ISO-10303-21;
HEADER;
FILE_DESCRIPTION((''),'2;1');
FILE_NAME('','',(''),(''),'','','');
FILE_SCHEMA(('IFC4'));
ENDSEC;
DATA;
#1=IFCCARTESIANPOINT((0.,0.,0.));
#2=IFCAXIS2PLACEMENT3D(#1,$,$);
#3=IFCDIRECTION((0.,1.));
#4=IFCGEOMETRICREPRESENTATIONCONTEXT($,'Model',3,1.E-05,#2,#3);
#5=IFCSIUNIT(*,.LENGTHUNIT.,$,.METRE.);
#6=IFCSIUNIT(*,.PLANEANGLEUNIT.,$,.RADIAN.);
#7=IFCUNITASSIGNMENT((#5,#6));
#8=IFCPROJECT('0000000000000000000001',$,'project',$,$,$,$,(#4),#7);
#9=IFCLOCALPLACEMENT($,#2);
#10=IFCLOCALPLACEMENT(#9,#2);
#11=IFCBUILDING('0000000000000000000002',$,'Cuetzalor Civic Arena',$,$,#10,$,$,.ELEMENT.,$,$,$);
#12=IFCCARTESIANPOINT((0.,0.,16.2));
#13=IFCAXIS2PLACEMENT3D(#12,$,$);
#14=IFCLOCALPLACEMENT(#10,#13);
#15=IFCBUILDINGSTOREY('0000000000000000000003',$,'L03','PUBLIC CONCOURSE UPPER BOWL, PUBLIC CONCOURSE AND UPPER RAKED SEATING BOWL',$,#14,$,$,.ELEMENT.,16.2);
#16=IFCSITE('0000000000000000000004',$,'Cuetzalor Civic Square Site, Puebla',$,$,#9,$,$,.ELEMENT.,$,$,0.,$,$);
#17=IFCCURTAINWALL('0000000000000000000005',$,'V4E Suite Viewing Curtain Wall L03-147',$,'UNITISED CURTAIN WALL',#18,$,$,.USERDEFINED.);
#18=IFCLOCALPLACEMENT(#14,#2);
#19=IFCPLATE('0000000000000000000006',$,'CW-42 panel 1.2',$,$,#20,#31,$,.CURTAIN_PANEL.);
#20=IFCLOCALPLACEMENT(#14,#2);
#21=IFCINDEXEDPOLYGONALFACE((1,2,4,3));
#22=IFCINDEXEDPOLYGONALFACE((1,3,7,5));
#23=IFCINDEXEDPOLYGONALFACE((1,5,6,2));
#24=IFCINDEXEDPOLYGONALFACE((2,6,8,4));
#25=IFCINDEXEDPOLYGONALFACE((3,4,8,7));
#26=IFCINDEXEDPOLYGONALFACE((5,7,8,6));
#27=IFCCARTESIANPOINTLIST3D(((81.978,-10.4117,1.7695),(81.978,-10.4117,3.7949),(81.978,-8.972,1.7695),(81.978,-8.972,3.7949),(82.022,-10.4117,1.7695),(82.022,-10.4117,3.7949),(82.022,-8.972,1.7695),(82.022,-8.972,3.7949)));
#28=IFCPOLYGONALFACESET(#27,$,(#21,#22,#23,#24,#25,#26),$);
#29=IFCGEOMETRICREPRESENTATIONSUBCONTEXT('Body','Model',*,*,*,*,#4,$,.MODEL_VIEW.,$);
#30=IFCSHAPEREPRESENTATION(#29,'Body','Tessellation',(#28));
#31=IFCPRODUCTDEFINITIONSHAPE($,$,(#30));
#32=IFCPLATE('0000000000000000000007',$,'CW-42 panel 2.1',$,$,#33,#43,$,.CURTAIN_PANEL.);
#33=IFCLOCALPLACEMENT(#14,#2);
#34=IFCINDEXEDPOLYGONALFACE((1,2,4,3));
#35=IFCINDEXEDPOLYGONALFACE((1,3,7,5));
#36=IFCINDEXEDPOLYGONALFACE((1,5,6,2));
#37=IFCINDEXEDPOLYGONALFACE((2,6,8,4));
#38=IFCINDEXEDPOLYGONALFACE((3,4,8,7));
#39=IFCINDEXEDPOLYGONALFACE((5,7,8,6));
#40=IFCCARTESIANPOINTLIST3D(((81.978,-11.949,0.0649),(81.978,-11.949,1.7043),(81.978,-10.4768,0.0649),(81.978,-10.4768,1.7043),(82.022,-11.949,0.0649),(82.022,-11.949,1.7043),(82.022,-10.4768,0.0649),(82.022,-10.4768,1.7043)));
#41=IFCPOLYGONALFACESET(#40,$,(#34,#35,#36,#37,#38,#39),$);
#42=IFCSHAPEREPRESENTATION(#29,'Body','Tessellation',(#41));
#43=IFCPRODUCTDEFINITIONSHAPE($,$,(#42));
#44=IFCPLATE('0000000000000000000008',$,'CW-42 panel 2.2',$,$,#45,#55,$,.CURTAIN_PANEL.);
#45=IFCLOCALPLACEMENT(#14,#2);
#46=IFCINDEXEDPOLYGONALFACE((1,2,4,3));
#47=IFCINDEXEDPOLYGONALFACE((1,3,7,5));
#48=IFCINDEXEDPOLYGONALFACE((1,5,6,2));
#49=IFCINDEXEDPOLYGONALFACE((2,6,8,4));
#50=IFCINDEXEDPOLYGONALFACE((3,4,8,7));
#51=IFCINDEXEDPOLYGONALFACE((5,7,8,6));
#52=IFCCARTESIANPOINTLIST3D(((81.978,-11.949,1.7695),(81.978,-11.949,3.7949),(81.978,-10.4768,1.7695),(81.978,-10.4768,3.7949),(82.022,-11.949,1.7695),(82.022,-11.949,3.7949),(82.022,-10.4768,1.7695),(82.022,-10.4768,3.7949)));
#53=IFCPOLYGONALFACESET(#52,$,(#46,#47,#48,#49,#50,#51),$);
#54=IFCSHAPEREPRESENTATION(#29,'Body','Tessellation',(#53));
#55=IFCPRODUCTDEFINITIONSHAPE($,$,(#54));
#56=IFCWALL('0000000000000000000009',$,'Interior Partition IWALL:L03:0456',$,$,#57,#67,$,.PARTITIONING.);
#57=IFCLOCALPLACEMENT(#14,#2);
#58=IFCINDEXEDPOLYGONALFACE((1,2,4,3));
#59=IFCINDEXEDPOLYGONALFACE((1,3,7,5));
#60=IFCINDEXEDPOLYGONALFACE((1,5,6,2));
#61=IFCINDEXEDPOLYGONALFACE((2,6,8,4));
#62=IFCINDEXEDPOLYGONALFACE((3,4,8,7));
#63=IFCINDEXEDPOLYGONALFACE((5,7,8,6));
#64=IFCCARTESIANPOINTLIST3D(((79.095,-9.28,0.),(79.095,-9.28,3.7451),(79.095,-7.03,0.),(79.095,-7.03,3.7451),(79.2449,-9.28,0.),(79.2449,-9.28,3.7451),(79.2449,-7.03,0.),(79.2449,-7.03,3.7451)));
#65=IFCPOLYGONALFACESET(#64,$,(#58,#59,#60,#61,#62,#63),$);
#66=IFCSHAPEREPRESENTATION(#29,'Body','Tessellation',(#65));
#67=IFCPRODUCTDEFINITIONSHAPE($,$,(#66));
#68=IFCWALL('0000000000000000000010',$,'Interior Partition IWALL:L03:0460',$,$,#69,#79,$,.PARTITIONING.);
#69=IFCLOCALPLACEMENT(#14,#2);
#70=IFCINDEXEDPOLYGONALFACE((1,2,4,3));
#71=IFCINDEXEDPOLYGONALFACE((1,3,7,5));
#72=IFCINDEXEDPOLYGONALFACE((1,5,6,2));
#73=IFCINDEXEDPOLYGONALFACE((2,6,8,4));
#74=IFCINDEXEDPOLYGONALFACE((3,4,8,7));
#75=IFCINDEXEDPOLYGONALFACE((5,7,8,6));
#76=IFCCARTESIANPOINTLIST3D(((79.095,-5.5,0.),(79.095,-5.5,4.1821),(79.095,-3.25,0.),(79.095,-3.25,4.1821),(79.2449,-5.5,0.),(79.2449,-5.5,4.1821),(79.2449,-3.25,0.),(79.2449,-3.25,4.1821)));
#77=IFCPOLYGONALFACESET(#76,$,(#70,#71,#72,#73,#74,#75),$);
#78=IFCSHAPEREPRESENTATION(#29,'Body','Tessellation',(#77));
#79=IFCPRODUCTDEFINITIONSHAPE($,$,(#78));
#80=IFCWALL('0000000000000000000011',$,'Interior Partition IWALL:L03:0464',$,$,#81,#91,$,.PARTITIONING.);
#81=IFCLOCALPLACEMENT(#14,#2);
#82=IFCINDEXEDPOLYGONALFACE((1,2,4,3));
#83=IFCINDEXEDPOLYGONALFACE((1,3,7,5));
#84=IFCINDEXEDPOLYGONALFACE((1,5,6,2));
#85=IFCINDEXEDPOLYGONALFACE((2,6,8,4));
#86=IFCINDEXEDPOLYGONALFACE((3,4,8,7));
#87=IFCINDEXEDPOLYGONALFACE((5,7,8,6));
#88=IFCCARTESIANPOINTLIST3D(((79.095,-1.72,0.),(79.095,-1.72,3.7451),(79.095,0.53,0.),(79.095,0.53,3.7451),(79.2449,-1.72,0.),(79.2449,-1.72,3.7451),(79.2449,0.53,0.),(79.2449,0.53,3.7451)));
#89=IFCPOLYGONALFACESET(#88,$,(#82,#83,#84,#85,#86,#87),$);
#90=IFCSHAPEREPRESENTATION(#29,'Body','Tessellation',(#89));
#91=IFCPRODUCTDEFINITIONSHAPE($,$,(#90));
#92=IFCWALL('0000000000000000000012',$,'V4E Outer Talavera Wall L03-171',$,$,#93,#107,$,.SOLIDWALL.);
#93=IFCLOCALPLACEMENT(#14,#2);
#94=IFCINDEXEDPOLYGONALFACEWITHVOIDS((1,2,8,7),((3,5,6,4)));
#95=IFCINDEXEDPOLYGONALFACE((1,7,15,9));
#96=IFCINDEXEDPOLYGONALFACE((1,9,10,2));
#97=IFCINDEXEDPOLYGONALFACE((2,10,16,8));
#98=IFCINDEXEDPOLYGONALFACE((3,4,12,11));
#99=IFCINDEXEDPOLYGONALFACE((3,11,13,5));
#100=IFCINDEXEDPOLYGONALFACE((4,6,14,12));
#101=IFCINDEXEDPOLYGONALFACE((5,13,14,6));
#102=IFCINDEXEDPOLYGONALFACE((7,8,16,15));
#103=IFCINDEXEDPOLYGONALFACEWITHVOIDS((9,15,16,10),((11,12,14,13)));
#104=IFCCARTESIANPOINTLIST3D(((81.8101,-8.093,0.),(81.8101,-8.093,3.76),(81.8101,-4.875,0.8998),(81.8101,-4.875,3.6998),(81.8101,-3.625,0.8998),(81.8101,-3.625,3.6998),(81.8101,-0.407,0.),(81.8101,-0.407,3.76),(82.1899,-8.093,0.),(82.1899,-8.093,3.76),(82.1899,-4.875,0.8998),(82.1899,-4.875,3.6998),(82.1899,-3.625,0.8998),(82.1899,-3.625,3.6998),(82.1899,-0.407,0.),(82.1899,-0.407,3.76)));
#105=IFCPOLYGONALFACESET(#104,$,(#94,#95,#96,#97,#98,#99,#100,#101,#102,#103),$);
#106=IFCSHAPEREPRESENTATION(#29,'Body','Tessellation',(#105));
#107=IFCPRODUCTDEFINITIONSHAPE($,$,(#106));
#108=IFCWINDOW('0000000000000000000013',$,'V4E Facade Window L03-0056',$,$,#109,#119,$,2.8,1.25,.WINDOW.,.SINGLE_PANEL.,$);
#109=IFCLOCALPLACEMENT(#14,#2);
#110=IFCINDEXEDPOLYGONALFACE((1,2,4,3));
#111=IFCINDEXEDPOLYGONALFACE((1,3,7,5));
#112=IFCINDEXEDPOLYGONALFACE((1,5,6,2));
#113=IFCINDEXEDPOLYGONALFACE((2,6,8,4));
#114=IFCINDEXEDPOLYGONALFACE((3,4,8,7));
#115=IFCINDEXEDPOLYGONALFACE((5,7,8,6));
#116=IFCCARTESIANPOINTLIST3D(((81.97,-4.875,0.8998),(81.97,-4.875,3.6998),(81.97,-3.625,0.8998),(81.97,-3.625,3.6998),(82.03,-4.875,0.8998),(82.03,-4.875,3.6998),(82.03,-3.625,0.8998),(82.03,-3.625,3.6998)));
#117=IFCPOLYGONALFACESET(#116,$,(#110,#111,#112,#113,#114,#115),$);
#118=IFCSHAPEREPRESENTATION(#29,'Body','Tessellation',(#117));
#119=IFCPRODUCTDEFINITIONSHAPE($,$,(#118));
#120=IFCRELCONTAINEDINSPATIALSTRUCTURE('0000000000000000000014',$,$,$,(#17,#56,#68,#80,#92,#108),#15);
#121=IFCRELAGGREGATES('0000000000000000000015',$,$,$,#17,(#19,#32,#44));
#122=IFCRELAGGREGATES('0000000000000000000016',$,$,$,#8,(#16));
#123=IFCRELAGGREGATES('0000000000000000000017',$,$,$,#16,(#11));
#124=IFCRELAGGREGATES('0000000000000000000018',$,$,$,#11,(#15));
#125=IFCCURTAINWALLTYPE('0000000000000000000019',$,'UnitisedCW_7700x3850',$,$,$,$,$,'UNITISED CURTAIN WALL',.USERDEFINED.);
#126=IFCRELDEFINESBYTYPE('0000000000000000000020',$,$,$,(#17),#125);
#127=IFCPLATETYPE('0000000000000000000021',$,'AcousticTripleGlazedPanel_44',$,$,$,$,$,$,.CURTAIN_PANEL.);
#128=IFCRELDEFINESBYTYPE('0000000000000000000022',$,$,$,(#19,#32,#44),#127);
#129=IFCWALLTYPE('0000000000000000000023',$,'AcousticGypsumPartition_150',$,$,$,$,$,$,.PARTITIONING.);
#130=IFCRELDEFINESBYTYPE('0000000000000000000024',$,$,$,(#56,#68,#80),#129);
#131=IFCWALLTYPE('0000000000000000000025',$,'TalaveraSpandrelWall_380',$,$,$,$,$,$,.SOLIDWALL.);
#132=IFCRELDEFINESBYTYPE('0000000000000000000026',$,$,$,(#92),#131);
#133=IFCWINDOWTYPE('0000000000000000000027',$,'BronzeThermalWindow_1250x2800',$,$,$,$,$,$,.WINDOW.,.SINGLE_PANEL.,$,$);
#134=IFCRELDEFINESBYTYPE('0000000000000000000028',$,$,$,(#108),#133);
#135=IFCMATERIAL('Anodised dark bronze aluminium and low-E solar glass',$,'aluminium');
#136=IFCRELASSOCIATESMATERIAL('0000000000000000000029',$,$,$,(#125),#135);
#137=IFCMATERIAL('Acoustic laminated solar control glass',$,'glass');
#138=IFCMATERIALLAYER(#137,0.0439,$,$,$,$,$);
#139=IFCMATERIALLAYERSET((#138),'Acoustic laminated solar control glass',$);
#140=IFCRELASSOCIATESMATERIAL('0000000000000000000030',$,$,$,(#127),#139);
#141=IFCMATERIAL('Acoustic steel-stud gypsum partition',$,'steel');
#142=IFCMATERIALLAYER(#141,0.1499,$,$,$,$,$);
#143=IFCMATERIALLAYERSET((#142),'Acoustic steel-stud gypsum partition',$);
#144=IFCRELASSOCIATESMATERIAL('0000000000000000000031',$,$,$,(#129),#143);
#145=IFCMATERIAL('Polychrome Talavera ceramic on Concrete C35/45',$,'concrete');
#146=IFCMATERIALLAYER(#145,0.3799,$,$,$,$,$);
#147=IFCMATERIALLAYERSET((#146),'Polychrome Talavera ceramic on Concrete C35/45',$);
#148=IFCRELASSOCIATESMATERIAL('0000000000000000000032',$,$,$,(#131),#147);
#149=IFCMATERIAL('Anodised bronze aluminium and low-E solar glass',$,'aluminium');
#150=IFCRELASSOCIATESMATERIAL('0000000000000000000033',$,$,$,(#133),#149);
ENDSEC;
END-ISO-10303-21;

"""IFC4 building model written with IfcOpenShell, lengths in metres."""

from ifc_helpers import new_model, si_unit, direction, frame, frame_2d, origin, origin_2d, place, context, subcontext, project, spatial, rectangle, extrude, material, layer, layer_set, type_object, element, fill, aggregate, save


model = new_model("IFC4")

# Units and contexts
model_context = context("Model", 3, precision=1e-05, world=origin(), true_north=direction((0.0, 1.0)))
body_context = subcontext(model_context, "Body", "Model", "MODEL_VIEW")
ifc_project = project(units=[si_unit("LENGTHUNIT", "METRE"), si_unit("PLANEANGLEUNIT", "RADIAN")], contexts=[model_context])

# Site, building, storey
site_placement = place(None, origin())
site = spatial("IfcSite", under=ifc_project, at=site_placement, Name="Cuetzalor Civic Square Site, Puebla", CompositionType="ELEMENT", RefElevation=0.0)
building_placement = place(site_placement, origin())
building = spatial("IfcBuilding", under=site, at=building_placement, Name="Cuetzalor Civic Arena", CompositionType="ELEMENT")
storey_placement = place(building_placement, frame((0.0, 0.0, 16.2)))
storey = spatial("IfcBuildingStorey", under=building, at=storey_placement, Name="L03", Description="PUBLIC CONCOURSE UPPER BOWL, PUBLIC CONCOURSE AND UPPER RAKED SEATING BOWL", CompositionType="ELEMENT", Elevation=16.2)

# Curtain wall
ifc_material_1 = material(Name="Anodised dark bronze aluminium and low-E solar glass", Category="aluminium")
curtain_wall_type = type_object("IfcCurtainWallType", Name="UnitisedCW_7700x3850", ElementType="UNITISED CURTAIN WALL", PredefinedType="USERDEFINED", material=ifc_material_1)
curtain_wall_1_placement = place(storey_placement, origin())
curtain_wall_1 = element("IfcCurtainWall", 1, at=curtain_wall_1_placement, inside=storey, type_object=curtain_wall_type, Name="V4E Suite Viewing Curtain Wall L03-147", ObjectType="UNITISED CURTAIN WALL", PredefinedType="USERDEFINED")

# Plates
ifc_material_2 = material(Name="Acoustic laminated solar control glass", Category="glass")
ifc_layer_1 = layer(ifc_material_2, 0.0439)
ifc_layer_set_1 = layer_set([ifc_layer_1], Name="Acoustic laminated solar control glass")
plate_type = type_object("IfcPlateType", Name="AcousticTripleGlazedPanel_44", PredefinedType="CURTAIN_PANEL", material=ifc_layer_set_1)
plate_1_placement = place(storey_placement, frame((82.0, -9.6919, 1.7695), z_axis=(0.0, 0.0, 1.0), x_axis=(0.0, -1.0, 0.0)))
plate_1 = element("IfcPlate", 2, at=plate_1_placement, type_object=plate_type, Name="CW-42 panel 1.2", PredefinedType="CURTAIN_PANEL", context=body_context, shape_type="SweptSolid", body=[
    extrude(rectangle(XDim=1.4397, YDim=0.0439, at=origin_2d()), origin(), (0.0, 0.0, 1.0), 2.0254),
])
plate_2_placement = place(storey_placement, frame((82.0, -11.2129, 0.0649), z_axis=(0.0, 0.0, 1.0), x_axis=(0.0, -1.0, 0.0)))
plate_2 = element("IfcPlate", 3, at=plate_2_placement, type_object=plate_type, Name="CW-42 panel 2.1", PredefinedType="CURTAIN_PANEL", context=body_context, shape_type="SweptSolid", body=[
    extrude(rectangle(XDim=1.4722, YDim=0.0439, at=origin_2d()), origin(), (0.0, 0.0, 1.0), 1.6394),
])
plate_3_placement = place(storey_placement, frame((82.0, -11.2129, 1.7695), z_axis=(0.0, 0.0, 1.0), x_axis=(0.0, -1.0, 0.0)))
plate_3 = element("IfcPlate", 4, at=plate_3_placement, type_object=plate_type, Name="CW-42 panel 2.2", PredefinedType="CURTAIN_PANEL", context=body_context, shape_type="SweptSolid", body=[
    extrude(rectangle(XDim=1.4722, YDim=0.0439, at=origin_2d()), origin(), (0.0, 0.0, 1.0), 2.0254),
])
aggregate(curtain_wall_1, [plate_1, plate_2, plate_3])

# Shared definitions
ifc_material_3 = material(Name="Acoustic steel-stud gypsum partition", Category="steel")
ifc_layer_2 = layer(ifc_material_3, 0.1499)
ifc_layer_set_2 = layer_set([ifc_layer_2], Name="Acoustic steel-stud gypsum partition")
wall_type_1 = type_object("IfcWallType", Name="AcousticGypsumPartition_150", PredefinedType="PARTITIONING", material=ifc_layer_set_2)

# Wall
wall_1_placement = place(storey_placement, frame((79.1699, -9.28, 0.0), z_axis=(0.0, 0.0, 1.0), x_axis=(0.0, 1.0, 0.0)))
element("IfcWall", 5, at=wall_1_placement, inside=storey, type_object=wall_type_1, Name="Interior Partition IWALL:L03:0456", PredefinedType="PARTITIONING", context=body_context, shape_type="SweptSolid", body=[
    extrude(rectangle(XDim=2.25, YDim=0.1499, at=frame_2d((1.125, 0.0))), origin(), (0.0, 0.0, 1.0), 3.7451),
])

# Walls
wall_2_placement = place(storey_placement, frame((79.1699, -5.5, 0.0), z_axis=(0.0, 0.0, 1.0), x_axis=(0.0, 1.0, 0.0)))
element("IfcWall", 6, at=wall_2_placement, inside=storey, type_object=wall_type_1, Name="Interior Partition IWALL:L03:0460", PredefinedType="PARTITIONING", context=body_context, shape_type="SweptSolid", body=[
    extrude(rectangle(XDim=2.25, YDim=0.1499, at=frame_2d((1.125, 0.0))), origin(), (0.0, 0.0, 1.0), 4.1821),
])
wall_3_placement = place(storey_placement, frame((79.1699, -1.72, 0.0), z_axis=(0.0, 0.0, 1.0), x_axis=(0.0, 1.0, 0.0)))
element("IfcWall", 7, at=wall_3_placement, inside=storey, type_object=wall_type_1, Name="Interior Partition IWALL:L03:0464", PredefinedType="PARTITIONING", context=body_context, shape_type="SweptSolid", body=[
    extrude(rectangle(XDim=2.25, YDim=0.1499, at=frame_2d((1.125, 0.0))), origin(), (0.0, 0.0, 1.0), 3.7451),
])

# Wall, opening, window
ifc_material_4 = material(Name="Polychrome Talavera ceramic on Concrete C35/45", Category="concrete")
ifc_layer_3 = layer(ifc_material_4, 0.3799)
ifc_layer_set_3 = layer_set([ifc_layer_3], Name="Polychrome Talavera ceramic on Concrete C35/45")
wall_type_2 = type_object("IfcWallType", Name="TalaveraSpandrelWall_380", PredefinedType="SOLIDWALL", material=ifc_layer_set_3)
wall_4_placement = place(storey_placement, frame((82.0, -0.407, 0.0), z_axis=(0.0, 0.0, 1.0), x_axis=(0.0, -1.0, 0.0)))
wall_4 = element("IfcWall", 8, at=wall_4_placement, inside=storey, type_object=wall_type_2, Name="V4E Outer Talavera Wall L03-171", PredefinedType="SOLIDWALL", context=body_context, shape_type="SweptSolid", body=[
    extrude(rectangle(XDim=7.686, YDim=0.3799, at=frame_2d((3.843, 0.0))), origin(), (0.0, 0.0, 1.0), 3.76),
])
opening_1_placement = place(wall_4_placement, frame((3.218, 0.0, 0.8999)))
opening_1 = element("IfcOpeningElement", 9, at=opening_1_placement, cuts=wall_4, PredefinedType="OPENING", context=body_context, shape_type="SweptSolid", body=[
    extrude(rectangle(XDim=1.25, YDim=2.8, at=frame_2d((0.625, 1.3999))), frame((0.0, 0.2, 0.0), z_axis=(0.0, -1.0, 0.0), x_axis=(1.0, 0.0, 0.0)), (0.0, 0.0, 1.0), 0.3999),
])
ifc_material_5 = material(Name="Anodised bronze aluminium and low-E solar glass", Category="aluminium")
window_type = type_object("IfcWindowType", Name="BronzeThermalWindow_1250x2800", PartitioningType="SINGLE_PANEL", PredefinedType="WINDOW", material=ifc_material_5)
window_placement = place(opening_1_placement, origin())
window = element("IfcWindow", 10, at=window_placement, inside=storey, type_object=window_type, Name="V4E Facade Window L03-0056", OverallHeight=2.8, OverallWidth=1.25, PartitioningType="SINGLE_PANEL", PredefinedType="WINDOW", context=body_context, shape_type="SweptSolid", body=[
    extrude(rectangle(XDim=1.25, YDim=2.8, at=frame_2d((0.625, 1.3999))), frame((0.0, 0.03, 0.0), z_axis=(0.0, -1.0, 0.0), x_axis=(1.0, 0.0, 0.0)), (0.0, 0.0, 1.0), 0.0601),
])
fill(opening_1, window)

save(model, "model.ifc")
